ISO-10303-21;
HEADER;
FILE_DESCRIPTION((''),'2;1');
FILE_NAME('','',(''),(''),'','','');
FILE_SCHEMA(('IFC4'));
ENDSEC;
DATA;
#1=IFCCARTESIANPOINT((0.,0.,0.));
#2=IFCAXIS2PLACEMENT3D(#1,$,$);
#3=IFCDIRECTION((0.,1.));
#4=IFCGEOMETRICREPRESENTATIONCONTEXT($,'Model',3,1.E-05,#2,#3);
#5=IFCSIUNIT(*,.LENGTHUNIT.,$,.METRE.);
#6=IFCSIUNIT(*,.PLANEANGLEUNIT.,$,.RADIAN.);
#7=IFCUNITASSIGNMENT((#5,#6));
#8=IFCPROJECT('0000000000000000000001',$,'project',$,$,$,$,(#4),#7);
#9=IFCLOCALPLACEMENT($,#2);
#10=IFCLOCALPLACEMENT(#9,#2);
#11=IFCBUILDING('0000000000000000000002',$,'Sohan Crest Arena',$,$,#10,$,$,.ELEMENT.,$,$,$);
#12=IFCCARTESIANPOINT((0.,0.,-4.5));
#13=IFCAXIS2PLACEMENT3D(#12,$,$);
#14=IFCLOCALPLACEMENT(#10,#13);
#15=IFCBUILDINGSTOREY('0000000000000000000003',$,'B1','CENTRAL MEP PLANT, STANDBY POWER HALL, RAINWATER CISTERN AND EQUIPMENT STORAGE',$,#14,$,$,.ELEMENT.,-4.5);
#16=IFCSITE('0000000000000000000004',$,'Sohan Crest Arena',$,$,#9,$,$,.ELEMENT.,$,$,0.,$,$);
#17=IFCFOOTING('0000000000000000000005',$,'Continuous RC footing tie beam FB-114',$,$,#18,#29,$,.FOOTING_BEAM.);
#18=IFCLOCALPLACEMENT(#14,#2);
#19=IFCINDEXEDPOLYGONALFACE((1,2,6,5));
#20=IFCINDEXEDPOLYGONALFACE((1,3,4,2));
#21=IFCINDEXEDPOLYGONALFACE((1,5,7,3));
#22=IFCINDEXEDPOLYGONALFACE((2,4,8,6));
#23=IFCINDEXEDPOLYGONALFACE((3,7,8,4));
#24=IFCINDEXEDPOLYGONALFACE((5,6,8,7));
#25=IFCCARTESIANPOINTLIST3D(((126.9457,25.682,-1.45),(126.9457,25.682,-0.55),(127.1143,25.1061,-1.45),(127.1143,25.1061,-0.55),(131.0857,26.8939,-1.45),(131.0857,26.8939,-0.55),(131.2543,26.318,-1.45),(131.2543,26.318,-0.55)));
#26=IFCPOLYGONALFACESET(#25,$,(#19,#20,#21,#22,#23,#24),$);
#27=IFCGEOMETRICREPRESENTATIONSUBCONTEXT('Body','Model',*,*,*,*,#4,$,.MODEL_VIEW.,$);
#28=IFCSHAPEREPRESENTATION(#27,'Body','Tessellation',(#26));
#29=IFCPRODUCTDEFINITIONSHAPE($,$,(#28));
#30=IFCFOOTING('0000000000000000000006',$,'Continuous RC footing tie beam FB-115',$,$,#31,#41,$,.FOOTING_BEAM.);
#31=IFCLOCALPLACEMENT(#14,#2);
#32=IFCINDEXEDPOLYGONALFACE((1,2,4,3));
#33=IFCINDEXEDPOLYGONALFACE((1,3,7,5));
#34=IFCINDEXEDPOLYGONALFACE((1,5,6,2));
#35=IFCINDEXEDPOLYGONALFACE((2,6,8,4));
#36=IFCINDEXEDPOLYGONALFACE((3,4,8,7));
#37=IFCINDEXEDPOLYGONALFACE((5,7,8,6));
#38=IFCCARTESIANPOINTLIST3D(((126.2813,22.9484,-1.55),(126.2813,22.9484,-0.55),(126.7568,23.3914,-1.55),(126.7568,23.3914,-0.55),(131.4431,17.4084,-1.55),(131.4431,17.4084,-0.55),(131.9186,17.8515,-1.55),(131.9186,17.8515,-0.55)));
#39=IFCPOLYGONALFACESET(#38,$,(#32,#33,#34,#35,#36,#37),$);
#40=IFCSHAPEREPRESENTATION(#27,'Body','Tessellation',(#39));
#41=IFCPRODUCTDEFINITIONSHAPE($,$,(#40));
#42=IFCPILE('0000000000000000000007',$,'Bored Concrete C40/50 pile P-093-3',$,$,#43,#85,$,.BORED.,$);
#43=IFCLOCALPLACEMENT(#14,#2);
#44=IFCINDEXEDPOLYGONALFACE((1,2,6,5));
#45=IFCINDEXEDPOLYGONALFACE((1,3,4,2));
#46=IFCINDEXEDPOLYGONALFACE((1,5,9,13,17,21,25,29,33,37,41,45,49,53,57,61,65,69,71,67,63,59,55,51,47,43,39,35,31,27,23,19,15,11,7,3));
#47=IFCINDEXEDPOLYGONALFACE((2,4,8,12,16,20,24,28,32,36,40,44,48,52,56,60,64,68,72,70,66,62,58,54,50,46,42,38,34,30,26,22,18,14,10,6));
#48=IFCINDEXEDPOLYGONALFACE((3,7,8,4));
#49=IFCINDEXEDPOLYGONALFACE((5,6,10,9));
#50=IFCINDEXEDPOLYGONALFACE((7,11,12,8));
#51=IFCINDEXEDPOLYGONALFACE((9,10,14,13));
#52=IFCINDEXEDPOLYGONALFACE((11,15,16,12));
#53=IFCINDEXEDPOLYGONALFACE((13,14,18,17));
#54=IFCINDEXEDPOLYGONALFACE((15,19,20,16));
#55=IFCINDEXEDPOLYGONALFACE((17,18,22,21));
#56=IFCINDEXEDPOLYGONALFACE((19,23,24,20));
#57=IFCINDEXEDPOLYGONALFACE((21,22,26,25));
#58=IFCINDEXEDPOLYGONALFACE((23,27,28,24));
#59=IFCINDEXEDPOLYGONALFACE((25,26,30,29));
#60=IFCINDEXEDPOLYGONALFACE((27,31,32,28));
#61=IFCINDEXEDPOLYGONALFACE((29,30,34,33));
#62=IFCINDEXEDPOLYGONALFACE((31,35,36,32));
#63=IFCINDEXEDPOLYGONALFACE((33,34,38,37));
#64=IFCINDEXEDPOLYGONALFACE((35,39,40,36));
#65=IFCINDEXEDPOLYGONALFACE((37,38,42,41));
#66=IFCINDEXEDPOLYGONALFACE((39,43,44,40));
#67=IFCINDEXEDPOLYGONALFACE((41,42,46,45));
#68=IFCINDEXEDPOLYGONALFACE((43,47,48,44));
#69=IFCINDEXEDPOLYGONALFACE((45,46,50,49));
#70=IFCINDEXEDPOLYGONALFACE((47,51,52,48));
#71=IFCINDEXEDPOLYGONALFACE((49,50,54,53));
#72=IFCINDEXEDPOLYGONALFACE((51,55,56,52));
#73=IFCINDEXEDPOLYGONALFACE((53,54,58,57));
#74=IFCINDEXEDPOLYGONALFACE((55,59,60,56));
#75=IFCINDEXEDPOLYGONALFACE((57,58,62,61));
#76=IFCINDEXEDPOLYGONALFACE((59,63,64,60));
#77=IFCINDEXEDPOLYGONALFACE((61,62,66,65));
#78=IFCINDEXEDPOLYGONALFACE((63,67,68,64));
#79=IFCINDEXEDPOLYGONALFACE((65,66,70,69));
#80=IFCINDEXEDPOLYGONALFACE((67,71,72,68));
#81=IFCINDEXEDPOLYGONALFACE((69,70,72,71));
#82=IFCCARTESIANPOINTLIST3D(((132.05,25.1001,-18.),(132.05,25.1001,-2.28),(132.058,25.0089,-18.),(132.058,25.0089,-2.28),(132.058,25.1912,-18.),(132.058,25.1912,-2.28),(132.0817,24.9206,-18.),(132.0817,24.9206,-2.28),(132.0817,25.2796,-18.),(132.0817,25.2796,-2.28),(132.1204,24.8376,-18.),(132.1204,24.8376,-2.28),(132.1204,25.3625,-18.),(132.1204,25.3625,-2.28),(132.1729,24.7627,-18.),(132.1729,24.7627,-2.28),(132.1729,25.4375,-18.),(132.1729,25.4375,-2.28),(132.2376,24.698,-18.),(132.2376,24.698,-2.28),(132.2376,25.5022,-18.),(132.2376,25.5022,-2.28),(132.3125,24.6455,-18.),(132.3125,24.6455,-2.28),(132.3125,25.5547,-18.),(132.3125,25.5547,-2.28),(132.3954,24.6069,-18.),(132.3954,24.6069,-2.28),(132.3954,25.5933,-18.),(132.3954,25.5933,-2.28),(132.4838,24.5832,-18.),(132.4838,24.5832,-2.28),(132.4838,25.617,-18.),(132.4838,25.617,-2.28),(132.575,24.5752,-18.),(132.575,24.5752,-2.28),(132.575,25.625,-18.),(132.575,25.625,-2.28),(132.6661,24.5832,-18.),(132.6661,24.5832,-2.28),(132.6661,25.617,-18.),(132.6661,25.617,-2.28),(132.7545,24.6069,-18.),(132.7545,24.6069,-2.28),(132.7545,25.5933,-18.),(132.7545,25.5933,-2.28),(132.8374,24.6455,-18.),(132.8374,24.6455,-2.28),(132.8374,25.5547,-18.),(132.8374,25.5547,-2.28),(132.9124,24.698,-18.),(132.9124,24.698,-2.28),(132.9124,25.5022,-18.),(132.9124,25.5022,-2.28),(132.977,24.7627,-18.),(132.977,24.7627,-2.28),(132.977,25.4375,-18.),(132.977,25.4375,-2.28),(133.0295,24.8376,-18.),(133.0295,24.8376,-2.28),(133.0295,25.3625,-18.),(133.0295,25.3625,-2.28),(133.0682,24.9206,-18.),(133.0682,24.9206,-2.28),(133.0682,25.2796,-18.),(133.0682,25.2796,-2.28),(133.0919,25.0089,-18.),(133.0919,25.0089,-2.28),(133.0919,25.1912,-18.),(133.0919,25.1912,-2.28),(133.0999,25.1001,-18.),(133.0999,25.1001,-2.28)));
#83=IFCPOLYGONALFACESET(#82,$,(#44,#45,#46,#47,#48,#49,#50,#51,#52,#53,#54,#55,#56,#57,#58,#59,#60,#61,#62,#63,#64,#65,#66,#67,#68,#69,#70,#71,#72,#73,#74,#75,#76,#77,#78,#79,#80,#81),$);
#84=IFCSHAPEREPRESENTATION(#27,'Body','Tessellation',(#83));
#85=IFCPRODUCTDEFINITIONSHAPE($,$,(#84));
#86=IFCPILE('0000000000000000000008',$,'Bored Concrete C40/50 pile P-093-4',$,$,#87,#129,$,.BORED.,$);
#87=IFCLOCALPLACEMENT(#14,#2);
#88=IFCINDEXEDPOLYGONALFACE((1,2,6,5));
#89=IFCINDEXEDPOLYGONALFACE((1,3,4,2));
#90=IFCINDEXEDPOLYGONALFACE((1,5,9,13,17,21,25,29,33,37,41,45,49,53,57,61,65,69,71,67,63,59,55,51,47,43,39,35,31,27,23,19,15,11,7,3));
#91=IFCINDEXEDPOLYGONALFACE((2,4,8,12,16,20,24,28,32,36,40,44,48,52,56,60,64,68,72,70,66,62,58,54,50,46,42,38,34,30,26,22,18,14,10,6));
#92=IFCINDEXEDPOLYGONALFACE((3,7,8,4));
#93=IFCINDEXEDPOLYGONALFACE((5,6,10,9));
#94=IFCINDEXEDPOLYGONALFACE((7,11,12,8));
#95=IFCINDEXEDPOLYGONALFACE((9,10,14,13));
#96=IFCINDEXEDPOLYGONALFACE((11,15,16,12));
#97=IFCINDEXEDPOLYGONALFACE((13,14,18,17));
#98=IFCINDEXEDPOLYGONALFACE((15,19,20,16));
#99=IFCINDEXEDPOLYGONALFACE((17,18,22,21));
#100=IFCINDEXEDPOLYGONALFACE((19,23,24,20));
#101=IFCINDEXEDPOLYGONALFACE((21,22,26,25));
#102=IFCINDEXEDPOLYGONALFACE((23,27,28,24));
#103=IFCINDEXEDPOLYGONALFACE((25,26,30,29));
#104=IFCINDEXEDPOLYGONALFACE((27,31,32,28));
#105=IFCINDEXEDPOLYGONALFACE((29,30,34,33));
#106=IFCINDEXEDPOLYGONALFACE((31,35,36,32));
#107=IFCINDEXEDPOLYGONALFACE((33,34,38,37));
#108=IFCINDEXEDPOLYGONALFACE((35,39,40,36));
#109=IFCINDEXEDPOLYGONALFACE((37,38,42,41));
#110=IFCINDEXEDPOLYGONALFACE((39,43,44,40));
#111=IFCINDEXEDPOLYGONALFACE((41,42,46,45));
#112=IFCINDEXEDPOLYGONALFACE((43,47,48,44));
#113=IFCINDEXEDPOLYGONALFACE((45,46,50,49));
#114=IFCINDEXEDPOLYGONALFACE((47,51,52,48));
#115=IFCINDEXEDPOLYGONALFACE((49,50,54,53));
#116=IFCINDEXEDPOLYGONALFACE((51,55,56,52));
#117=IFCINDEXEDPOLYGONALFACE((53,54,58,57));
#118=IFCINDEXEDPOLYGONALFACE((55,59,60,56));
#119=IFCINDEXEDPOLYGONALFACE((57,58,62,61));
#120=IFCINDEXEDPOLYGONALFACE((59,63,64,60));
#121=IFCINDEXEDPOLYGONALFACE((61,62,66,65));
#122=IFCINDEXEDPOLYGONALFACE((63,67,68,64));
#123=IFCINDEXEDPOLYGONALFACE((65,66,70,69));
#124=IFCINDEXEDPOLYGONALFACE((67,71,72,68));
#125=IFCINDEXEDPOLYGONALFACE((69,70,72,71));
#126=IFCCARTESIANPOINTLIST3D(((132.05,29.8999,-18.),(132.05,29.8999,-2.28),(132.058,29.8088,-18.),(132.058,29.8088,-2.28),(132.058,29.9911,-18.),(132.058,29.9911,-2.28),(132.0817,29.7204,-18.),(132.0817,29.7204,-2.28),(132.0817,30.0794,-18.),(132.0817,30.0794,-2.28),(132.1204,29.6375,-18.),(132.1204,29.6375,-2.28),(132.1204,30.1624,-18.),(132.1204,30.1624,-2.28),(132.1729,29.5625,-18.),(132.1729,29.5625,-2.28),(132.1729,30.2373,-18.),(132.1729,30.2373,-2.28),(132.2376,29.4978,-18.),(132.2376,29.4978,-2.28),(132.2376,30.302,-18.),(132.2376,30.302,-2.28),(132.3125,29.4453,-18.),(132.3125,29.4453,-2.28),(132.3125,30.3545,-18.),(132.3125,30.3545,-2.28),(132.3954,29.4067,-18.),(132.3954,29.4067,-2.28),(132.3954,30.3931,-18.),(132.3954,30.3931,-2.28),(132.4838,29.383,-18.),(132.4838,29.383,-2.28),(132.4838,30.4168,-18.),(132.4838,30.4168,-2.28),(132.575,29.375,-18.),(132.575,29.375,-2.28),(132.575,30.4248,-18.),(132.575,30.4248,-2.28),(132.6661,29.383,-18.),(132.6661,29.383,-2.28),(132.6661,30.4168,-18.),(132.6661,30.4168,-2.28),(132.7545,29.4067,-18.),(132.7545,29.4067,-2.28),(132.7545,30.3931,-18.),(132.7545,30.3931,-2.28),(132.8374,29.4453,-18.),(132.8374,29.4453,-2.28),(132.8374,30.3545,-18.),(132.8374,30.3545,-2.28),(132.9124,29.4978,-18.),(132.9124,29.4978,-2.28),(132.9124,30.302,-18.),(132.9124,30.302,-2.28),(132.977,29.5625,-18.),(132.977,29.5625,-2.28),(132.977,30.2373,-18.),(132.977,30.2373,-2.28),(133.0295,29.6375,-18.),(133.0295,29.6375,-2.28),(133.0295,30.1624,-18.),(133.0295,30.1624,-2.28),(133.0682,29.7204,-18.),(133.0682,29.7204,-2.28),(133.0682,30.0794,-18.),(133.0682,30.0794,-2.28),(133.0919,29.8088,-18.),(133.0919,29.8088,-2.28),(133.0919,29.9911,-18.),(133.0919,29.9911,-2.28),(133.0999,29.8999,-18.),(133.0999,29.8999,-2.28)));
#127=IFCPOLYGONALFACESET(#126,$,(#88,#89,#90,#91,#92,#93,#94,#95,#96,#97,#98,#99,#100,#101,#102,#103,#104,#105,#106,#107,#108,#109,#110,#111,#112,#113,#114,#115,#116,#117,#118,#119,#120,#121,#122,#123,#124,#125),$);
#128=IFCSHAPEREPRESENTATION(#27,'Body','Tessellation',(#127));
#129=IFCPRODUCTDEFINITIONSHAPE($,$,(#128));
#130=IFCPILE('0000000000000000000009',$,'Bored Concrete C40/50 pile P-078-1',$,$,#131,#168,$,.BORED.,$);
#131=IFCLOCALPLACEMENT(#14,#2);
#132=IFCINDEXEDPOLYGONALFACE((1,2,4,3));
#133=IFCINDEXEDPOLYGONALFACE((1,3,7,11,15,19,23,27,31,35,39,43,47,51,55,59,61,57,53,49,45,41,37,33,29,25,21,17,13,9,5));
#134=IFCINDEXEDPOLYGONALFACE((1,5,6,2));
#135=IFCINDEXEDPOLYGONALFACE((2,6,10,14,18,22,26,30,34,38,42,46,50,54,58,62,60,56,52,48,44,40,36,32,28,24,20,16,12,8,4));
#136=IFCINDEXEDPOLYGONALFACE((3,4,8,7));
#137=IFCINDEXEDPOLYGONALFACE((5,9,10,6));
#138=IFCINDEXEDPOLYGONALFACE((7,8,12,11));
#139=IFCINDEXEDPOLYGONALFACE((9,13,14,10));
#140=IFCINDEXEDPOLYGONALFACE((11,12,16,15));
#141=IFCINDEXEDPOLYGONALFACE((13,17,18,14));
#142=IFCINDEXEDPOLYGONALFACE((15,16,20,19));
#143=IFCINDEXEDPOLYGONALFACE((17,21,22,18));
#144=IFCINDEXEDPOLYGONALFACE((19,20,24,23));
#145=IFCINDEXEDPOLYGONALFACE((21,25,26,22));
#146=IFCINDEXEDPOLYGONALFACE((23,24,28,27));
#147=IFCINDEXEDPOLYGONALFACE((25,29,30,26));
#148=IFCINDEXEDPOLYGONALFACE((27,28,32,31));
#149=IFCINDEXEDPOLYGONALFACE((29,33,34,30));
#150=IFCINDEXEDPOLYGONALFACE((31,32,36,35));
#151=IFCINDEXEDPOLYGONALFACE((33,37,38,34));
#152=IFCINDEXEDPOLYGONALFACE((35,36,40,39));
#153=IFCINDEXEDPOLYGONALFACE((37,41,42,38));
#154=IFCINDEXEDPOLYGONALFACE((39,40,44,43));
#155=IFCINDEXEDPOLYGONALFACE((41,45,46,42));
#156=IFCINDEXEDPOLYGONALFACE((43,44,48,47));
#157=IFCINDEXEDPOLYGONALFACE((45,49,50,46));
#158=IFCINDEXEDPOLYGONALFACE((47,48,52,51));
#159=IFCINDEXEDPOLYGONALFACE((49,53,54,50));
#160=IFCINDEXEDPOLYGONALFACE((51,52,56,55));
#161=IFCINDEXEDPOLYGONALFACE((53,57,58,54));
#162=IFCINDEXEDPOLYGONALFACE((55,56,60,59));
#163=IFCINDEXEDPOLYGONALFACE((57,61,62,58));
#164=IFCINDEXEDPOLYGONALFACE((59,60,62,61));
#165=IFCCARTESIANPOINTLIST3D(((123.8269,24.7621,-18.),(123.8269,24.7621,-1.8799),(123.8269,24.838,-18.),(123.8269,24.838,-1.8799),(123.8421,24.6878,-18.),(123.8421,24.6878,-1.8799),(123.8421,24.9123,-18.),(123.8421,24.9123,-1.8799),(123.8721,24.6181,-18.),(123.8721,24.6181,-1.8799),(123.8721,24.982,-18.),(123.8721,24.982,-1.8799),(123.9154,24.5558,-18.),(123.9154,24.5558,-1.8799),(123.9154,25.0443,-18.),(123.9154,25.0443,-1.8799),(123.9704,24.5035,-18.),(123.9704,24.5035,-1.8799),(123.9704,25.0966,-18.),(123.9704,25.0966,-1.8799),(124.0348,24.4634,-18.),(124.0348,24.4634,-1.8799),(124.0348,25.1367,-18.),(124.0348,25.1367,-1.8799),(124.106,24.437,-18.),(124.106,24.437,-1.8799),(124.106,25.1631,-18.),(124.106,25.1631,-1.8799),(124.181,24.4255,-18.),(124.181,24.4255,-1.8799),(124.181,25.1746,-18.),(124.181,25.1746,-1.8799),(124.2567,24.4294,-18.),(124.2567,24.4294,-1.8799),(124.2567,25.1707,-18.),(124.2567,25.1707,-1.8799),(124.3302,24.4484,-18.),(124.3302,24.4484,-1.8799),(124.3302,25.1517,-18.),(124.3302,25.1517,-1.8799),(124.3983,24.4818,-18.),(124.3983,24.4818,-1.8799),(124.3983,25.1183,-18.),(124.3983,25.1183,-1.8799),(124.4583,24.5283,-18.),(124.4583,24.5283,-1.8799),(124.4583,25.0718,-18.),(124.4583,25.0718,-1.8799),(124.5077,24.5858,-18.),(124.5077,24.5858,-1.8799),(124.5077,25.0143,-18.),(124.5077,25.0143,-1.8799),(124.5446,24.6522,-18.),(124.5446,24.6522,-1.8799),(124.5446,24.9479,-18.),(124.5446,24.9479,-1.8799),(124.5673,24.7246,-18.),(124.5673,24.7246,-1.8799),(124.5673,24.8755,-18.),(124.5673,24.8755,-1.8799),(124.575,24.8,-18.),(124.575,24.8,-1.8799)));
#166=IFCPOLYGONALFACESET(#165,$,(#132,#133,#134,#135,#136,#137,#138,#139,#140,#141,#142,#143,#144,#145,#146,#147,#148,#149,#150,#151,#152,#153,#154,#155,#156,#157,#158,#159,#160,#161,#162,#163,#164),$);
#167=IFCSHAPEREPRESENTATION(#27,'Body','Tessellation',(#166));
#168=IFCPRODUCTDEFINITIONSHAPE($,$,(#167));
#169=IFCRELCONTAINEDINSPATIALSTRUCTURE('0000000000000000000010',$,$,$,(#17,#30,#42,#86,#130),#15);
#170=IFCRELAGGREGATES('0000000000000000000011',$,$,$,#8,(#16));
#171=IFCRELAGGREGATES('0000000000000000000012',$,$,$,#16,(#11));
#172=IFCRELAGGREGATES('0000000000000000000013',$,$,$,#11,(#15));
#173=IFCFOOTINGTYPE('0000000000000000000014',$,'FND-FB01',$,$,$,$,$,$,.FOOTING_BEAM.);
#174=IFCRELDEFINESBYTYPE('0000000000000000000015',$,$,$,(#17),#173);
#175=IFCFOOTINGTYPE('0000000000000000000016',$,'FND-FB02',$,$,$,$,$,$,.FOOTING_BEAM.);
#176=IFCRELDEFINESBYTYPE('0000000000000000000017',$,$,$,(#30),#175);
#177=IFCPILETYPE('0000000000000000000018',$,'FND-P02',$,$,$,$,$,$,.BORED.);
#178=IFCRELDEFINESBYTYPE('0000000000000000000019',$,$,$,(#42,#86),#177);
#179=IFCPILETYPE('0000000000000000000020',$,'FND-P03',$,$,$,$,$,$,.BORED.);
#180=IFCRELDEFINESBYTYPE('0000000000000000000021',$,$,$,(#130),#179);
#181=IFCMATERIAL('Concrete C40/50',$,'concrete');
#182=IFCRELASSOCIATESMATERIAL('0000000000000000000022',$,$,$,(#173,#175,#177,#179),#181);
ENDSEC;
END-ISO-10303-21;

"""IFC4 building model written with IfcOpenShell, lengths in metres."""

from ifc_helpers import new_model, si_unit, direction, frame, origin, origin_2d, place, context, subcontext, project, spatial, rectangle, circle, extrude, material, material_profile, profile_set, type_object, element, save


model = new_model("IFC4")

# Units and contexts
model_context = context("Model", 3, precision=1e-05, world=origin(), true_north=direction((0.0, 1.0)))
body_context = subcontext(model_context, "Body", "Model", "MODEL_VIEW")
ifc_project = project(units=[si_unit("LENGTHUNIT", "METRE"), si_unit("PLANEANGLEUNIT", "RADIAN")], contexts=[model_context])

# Site, building, storey
site_placement = place(None, origin())
site = spatial("IfcSite", under=ifc_project, at=site_placement, Name="Sohan Crest Arena", CompositionType="ELEMENT", RefElevation=0.0)
building_placement = place(site_placement, origin())
building = spatial("IfcBuilding", under=site, at=building_placement, Name="Sohan Crest Arena", CompositionType="ELEMENT")
storey_placement = place(building_placement, frame((0.0, 0.0, -4.5)))
storey = spatial("IfcBuildingStorey", under=building, at=storey_placement, Name="B1", Description="CENTRAL MEP PLANT, STANDBY POWER HALL, RAINWATER CISTERN AND EQUIPMENT STORAGE", CompositionType="ELEMENT", Elevation=-4.5)

# Footings
ifc_material_1 = material(Name="Concrete C40/50", Category="concrete")
ifc_material_profile_1 = material_profile(ifc_material_1, rectangle(XDim=0.6001, YDim=0.8999, at=origin_2d()), Name="RC-FB 600x900")
ifc_profile_set_1 = profile_set([ifc_material_profile_1], Name="Concrete C40/50")
footing_type_1 = type_object("IfcFootingType", Name="FND-FB01", PredefinedType="FOOTING_BEAM", material=ifc_profile_set_1)
footing_1_placement = place(storey_placement, frame((127.03, 25.394, -1.0), z_axis=(0.959723, 0.28095, 0.0), x_axis=(-0.28095, 0.959723, 0.0)))
element("IfcFooting", 1, at=footing_1_placement, inside=storey, type_object=footing_type_1, Name="Continuous RC footing tie beam FB-114", PredefinedType="FOOTING_BEAM", context=body_context, shape_type="SweptSolid", body=[
    extrude(rectangle(XDim=0.6001, YDim=0.8999, at=origin_2d()), origin(), (0.0, 0.0, 1.0), 4.3137),
])
ifc_material_profile_2 = material_profile(ifc_material_1, rectangle(XDim=0.6499, YDim=1.0, at=origin_2d()), Name="RC-FB 650x1000")
ifc_profile_set_2 = profile_set([ifc_material_profile_2], Name="Concrete C40/50")
footing_type_2 = type_object("IfcFootingType", Name="FND-FB02", PredefinedType="FOOTING_BEAM", material=ifc_profile_set_2)
footing_2_placement = place(storey_placement, frame((126.519, 23.1699, -1.05), z_axis=(0.681694, -0.731637, 0.0), x_axis=(0.731637, 0.681694, 0.0)))
element("IfcFooting", 2, at=footing_2_placement, inside=storey, type_object=footing_type_2, Name="Continuous RC footing tie beam FB-115", PredefinedType="FOOTING_BEAM", context=body_context, shape_type="SweptSolid", body=[
    extrude(rectangle(XDim=0.6499, YDim=1.0, at=origin_2d()), origin(), (0.0, 0.0, 1.0), 7.572),
])

# Piles
ifc_material_profile_3 = material_profile(ifc_material_1, circle(Radius=0.5249, at=origin_2d()), Name="PILE D1050")
ifc_profile_set_3 = profile_set([ifc_material_profile_3], Name="Concrete C40/50")
pile_type_1 = type_object("IfcPileType", Name="FND-P02", PredefinedType="BORED", material=ifc_profile_set_3)
for number, where, z_axis, x_axis, name in (
    (3, (132.575, 25.1001, -18.0), (0.0, 0.0, 1.0), (1.0, 0.0, 0.0), "Bored Concrete C40/50 pile P-093-3"),
    (4, (132.575, 29.8999, -18.0), (0.0, 0.0, 1.0), (1.0, 0.0, 0.0), "Bored Concrete C40/50 pile P-093-4"),
):
    element("IfcPile", number, at=place(storey_placement, frame(where, z_axis=z_axis, x_axis=x_axis)), inside=storey, type_object=pile_type_1, Name=name, PredefinedType="BORED", context=body_context, shape_type="SweptSolid", body=[
        extrude(circle(Radius=0.5249, at=origin_2d()), origin(), (0.0, 0.0, 1.0), 15.72),
    ])
ifc_material_profile_4 = material_profile(ifc_material_1, circle(Radius=0.375, at=origin_2d()), Name="PILE D750")
ifc_profile_set_4 = profile_set([ifc_material_profile_4], Name="Concrete C40/50")
pile_type_2 = type_object("IfcPileType", Name="FND-P03", PredefinedType="BORED", material=ifc_profile_set_4)
for number, where, z_axis, x_axis, name in (
    (5, (124.2, 24.8, -18.0), (0.0, 0.0, 1.0), (1.0, 0.0, 0.0), "Bored Concrete C40/50 pile P-078-1"),
):
    element("IfcPile", number, at=place(storey_placement, frame(where, z_axis=z_axis, x_axis=x_axis)), inside=storey, type_object=pile_type_2, Name=name, PredefinedType="BORED", context=body_context, shape_type="SweptSolid", body=[
        extrude(circle(Radius=0.375, at=origin_2d()), origin(), (0.0, 0.0, 1.0), 16.1201),
    ])

save(model, "model.ifc")
